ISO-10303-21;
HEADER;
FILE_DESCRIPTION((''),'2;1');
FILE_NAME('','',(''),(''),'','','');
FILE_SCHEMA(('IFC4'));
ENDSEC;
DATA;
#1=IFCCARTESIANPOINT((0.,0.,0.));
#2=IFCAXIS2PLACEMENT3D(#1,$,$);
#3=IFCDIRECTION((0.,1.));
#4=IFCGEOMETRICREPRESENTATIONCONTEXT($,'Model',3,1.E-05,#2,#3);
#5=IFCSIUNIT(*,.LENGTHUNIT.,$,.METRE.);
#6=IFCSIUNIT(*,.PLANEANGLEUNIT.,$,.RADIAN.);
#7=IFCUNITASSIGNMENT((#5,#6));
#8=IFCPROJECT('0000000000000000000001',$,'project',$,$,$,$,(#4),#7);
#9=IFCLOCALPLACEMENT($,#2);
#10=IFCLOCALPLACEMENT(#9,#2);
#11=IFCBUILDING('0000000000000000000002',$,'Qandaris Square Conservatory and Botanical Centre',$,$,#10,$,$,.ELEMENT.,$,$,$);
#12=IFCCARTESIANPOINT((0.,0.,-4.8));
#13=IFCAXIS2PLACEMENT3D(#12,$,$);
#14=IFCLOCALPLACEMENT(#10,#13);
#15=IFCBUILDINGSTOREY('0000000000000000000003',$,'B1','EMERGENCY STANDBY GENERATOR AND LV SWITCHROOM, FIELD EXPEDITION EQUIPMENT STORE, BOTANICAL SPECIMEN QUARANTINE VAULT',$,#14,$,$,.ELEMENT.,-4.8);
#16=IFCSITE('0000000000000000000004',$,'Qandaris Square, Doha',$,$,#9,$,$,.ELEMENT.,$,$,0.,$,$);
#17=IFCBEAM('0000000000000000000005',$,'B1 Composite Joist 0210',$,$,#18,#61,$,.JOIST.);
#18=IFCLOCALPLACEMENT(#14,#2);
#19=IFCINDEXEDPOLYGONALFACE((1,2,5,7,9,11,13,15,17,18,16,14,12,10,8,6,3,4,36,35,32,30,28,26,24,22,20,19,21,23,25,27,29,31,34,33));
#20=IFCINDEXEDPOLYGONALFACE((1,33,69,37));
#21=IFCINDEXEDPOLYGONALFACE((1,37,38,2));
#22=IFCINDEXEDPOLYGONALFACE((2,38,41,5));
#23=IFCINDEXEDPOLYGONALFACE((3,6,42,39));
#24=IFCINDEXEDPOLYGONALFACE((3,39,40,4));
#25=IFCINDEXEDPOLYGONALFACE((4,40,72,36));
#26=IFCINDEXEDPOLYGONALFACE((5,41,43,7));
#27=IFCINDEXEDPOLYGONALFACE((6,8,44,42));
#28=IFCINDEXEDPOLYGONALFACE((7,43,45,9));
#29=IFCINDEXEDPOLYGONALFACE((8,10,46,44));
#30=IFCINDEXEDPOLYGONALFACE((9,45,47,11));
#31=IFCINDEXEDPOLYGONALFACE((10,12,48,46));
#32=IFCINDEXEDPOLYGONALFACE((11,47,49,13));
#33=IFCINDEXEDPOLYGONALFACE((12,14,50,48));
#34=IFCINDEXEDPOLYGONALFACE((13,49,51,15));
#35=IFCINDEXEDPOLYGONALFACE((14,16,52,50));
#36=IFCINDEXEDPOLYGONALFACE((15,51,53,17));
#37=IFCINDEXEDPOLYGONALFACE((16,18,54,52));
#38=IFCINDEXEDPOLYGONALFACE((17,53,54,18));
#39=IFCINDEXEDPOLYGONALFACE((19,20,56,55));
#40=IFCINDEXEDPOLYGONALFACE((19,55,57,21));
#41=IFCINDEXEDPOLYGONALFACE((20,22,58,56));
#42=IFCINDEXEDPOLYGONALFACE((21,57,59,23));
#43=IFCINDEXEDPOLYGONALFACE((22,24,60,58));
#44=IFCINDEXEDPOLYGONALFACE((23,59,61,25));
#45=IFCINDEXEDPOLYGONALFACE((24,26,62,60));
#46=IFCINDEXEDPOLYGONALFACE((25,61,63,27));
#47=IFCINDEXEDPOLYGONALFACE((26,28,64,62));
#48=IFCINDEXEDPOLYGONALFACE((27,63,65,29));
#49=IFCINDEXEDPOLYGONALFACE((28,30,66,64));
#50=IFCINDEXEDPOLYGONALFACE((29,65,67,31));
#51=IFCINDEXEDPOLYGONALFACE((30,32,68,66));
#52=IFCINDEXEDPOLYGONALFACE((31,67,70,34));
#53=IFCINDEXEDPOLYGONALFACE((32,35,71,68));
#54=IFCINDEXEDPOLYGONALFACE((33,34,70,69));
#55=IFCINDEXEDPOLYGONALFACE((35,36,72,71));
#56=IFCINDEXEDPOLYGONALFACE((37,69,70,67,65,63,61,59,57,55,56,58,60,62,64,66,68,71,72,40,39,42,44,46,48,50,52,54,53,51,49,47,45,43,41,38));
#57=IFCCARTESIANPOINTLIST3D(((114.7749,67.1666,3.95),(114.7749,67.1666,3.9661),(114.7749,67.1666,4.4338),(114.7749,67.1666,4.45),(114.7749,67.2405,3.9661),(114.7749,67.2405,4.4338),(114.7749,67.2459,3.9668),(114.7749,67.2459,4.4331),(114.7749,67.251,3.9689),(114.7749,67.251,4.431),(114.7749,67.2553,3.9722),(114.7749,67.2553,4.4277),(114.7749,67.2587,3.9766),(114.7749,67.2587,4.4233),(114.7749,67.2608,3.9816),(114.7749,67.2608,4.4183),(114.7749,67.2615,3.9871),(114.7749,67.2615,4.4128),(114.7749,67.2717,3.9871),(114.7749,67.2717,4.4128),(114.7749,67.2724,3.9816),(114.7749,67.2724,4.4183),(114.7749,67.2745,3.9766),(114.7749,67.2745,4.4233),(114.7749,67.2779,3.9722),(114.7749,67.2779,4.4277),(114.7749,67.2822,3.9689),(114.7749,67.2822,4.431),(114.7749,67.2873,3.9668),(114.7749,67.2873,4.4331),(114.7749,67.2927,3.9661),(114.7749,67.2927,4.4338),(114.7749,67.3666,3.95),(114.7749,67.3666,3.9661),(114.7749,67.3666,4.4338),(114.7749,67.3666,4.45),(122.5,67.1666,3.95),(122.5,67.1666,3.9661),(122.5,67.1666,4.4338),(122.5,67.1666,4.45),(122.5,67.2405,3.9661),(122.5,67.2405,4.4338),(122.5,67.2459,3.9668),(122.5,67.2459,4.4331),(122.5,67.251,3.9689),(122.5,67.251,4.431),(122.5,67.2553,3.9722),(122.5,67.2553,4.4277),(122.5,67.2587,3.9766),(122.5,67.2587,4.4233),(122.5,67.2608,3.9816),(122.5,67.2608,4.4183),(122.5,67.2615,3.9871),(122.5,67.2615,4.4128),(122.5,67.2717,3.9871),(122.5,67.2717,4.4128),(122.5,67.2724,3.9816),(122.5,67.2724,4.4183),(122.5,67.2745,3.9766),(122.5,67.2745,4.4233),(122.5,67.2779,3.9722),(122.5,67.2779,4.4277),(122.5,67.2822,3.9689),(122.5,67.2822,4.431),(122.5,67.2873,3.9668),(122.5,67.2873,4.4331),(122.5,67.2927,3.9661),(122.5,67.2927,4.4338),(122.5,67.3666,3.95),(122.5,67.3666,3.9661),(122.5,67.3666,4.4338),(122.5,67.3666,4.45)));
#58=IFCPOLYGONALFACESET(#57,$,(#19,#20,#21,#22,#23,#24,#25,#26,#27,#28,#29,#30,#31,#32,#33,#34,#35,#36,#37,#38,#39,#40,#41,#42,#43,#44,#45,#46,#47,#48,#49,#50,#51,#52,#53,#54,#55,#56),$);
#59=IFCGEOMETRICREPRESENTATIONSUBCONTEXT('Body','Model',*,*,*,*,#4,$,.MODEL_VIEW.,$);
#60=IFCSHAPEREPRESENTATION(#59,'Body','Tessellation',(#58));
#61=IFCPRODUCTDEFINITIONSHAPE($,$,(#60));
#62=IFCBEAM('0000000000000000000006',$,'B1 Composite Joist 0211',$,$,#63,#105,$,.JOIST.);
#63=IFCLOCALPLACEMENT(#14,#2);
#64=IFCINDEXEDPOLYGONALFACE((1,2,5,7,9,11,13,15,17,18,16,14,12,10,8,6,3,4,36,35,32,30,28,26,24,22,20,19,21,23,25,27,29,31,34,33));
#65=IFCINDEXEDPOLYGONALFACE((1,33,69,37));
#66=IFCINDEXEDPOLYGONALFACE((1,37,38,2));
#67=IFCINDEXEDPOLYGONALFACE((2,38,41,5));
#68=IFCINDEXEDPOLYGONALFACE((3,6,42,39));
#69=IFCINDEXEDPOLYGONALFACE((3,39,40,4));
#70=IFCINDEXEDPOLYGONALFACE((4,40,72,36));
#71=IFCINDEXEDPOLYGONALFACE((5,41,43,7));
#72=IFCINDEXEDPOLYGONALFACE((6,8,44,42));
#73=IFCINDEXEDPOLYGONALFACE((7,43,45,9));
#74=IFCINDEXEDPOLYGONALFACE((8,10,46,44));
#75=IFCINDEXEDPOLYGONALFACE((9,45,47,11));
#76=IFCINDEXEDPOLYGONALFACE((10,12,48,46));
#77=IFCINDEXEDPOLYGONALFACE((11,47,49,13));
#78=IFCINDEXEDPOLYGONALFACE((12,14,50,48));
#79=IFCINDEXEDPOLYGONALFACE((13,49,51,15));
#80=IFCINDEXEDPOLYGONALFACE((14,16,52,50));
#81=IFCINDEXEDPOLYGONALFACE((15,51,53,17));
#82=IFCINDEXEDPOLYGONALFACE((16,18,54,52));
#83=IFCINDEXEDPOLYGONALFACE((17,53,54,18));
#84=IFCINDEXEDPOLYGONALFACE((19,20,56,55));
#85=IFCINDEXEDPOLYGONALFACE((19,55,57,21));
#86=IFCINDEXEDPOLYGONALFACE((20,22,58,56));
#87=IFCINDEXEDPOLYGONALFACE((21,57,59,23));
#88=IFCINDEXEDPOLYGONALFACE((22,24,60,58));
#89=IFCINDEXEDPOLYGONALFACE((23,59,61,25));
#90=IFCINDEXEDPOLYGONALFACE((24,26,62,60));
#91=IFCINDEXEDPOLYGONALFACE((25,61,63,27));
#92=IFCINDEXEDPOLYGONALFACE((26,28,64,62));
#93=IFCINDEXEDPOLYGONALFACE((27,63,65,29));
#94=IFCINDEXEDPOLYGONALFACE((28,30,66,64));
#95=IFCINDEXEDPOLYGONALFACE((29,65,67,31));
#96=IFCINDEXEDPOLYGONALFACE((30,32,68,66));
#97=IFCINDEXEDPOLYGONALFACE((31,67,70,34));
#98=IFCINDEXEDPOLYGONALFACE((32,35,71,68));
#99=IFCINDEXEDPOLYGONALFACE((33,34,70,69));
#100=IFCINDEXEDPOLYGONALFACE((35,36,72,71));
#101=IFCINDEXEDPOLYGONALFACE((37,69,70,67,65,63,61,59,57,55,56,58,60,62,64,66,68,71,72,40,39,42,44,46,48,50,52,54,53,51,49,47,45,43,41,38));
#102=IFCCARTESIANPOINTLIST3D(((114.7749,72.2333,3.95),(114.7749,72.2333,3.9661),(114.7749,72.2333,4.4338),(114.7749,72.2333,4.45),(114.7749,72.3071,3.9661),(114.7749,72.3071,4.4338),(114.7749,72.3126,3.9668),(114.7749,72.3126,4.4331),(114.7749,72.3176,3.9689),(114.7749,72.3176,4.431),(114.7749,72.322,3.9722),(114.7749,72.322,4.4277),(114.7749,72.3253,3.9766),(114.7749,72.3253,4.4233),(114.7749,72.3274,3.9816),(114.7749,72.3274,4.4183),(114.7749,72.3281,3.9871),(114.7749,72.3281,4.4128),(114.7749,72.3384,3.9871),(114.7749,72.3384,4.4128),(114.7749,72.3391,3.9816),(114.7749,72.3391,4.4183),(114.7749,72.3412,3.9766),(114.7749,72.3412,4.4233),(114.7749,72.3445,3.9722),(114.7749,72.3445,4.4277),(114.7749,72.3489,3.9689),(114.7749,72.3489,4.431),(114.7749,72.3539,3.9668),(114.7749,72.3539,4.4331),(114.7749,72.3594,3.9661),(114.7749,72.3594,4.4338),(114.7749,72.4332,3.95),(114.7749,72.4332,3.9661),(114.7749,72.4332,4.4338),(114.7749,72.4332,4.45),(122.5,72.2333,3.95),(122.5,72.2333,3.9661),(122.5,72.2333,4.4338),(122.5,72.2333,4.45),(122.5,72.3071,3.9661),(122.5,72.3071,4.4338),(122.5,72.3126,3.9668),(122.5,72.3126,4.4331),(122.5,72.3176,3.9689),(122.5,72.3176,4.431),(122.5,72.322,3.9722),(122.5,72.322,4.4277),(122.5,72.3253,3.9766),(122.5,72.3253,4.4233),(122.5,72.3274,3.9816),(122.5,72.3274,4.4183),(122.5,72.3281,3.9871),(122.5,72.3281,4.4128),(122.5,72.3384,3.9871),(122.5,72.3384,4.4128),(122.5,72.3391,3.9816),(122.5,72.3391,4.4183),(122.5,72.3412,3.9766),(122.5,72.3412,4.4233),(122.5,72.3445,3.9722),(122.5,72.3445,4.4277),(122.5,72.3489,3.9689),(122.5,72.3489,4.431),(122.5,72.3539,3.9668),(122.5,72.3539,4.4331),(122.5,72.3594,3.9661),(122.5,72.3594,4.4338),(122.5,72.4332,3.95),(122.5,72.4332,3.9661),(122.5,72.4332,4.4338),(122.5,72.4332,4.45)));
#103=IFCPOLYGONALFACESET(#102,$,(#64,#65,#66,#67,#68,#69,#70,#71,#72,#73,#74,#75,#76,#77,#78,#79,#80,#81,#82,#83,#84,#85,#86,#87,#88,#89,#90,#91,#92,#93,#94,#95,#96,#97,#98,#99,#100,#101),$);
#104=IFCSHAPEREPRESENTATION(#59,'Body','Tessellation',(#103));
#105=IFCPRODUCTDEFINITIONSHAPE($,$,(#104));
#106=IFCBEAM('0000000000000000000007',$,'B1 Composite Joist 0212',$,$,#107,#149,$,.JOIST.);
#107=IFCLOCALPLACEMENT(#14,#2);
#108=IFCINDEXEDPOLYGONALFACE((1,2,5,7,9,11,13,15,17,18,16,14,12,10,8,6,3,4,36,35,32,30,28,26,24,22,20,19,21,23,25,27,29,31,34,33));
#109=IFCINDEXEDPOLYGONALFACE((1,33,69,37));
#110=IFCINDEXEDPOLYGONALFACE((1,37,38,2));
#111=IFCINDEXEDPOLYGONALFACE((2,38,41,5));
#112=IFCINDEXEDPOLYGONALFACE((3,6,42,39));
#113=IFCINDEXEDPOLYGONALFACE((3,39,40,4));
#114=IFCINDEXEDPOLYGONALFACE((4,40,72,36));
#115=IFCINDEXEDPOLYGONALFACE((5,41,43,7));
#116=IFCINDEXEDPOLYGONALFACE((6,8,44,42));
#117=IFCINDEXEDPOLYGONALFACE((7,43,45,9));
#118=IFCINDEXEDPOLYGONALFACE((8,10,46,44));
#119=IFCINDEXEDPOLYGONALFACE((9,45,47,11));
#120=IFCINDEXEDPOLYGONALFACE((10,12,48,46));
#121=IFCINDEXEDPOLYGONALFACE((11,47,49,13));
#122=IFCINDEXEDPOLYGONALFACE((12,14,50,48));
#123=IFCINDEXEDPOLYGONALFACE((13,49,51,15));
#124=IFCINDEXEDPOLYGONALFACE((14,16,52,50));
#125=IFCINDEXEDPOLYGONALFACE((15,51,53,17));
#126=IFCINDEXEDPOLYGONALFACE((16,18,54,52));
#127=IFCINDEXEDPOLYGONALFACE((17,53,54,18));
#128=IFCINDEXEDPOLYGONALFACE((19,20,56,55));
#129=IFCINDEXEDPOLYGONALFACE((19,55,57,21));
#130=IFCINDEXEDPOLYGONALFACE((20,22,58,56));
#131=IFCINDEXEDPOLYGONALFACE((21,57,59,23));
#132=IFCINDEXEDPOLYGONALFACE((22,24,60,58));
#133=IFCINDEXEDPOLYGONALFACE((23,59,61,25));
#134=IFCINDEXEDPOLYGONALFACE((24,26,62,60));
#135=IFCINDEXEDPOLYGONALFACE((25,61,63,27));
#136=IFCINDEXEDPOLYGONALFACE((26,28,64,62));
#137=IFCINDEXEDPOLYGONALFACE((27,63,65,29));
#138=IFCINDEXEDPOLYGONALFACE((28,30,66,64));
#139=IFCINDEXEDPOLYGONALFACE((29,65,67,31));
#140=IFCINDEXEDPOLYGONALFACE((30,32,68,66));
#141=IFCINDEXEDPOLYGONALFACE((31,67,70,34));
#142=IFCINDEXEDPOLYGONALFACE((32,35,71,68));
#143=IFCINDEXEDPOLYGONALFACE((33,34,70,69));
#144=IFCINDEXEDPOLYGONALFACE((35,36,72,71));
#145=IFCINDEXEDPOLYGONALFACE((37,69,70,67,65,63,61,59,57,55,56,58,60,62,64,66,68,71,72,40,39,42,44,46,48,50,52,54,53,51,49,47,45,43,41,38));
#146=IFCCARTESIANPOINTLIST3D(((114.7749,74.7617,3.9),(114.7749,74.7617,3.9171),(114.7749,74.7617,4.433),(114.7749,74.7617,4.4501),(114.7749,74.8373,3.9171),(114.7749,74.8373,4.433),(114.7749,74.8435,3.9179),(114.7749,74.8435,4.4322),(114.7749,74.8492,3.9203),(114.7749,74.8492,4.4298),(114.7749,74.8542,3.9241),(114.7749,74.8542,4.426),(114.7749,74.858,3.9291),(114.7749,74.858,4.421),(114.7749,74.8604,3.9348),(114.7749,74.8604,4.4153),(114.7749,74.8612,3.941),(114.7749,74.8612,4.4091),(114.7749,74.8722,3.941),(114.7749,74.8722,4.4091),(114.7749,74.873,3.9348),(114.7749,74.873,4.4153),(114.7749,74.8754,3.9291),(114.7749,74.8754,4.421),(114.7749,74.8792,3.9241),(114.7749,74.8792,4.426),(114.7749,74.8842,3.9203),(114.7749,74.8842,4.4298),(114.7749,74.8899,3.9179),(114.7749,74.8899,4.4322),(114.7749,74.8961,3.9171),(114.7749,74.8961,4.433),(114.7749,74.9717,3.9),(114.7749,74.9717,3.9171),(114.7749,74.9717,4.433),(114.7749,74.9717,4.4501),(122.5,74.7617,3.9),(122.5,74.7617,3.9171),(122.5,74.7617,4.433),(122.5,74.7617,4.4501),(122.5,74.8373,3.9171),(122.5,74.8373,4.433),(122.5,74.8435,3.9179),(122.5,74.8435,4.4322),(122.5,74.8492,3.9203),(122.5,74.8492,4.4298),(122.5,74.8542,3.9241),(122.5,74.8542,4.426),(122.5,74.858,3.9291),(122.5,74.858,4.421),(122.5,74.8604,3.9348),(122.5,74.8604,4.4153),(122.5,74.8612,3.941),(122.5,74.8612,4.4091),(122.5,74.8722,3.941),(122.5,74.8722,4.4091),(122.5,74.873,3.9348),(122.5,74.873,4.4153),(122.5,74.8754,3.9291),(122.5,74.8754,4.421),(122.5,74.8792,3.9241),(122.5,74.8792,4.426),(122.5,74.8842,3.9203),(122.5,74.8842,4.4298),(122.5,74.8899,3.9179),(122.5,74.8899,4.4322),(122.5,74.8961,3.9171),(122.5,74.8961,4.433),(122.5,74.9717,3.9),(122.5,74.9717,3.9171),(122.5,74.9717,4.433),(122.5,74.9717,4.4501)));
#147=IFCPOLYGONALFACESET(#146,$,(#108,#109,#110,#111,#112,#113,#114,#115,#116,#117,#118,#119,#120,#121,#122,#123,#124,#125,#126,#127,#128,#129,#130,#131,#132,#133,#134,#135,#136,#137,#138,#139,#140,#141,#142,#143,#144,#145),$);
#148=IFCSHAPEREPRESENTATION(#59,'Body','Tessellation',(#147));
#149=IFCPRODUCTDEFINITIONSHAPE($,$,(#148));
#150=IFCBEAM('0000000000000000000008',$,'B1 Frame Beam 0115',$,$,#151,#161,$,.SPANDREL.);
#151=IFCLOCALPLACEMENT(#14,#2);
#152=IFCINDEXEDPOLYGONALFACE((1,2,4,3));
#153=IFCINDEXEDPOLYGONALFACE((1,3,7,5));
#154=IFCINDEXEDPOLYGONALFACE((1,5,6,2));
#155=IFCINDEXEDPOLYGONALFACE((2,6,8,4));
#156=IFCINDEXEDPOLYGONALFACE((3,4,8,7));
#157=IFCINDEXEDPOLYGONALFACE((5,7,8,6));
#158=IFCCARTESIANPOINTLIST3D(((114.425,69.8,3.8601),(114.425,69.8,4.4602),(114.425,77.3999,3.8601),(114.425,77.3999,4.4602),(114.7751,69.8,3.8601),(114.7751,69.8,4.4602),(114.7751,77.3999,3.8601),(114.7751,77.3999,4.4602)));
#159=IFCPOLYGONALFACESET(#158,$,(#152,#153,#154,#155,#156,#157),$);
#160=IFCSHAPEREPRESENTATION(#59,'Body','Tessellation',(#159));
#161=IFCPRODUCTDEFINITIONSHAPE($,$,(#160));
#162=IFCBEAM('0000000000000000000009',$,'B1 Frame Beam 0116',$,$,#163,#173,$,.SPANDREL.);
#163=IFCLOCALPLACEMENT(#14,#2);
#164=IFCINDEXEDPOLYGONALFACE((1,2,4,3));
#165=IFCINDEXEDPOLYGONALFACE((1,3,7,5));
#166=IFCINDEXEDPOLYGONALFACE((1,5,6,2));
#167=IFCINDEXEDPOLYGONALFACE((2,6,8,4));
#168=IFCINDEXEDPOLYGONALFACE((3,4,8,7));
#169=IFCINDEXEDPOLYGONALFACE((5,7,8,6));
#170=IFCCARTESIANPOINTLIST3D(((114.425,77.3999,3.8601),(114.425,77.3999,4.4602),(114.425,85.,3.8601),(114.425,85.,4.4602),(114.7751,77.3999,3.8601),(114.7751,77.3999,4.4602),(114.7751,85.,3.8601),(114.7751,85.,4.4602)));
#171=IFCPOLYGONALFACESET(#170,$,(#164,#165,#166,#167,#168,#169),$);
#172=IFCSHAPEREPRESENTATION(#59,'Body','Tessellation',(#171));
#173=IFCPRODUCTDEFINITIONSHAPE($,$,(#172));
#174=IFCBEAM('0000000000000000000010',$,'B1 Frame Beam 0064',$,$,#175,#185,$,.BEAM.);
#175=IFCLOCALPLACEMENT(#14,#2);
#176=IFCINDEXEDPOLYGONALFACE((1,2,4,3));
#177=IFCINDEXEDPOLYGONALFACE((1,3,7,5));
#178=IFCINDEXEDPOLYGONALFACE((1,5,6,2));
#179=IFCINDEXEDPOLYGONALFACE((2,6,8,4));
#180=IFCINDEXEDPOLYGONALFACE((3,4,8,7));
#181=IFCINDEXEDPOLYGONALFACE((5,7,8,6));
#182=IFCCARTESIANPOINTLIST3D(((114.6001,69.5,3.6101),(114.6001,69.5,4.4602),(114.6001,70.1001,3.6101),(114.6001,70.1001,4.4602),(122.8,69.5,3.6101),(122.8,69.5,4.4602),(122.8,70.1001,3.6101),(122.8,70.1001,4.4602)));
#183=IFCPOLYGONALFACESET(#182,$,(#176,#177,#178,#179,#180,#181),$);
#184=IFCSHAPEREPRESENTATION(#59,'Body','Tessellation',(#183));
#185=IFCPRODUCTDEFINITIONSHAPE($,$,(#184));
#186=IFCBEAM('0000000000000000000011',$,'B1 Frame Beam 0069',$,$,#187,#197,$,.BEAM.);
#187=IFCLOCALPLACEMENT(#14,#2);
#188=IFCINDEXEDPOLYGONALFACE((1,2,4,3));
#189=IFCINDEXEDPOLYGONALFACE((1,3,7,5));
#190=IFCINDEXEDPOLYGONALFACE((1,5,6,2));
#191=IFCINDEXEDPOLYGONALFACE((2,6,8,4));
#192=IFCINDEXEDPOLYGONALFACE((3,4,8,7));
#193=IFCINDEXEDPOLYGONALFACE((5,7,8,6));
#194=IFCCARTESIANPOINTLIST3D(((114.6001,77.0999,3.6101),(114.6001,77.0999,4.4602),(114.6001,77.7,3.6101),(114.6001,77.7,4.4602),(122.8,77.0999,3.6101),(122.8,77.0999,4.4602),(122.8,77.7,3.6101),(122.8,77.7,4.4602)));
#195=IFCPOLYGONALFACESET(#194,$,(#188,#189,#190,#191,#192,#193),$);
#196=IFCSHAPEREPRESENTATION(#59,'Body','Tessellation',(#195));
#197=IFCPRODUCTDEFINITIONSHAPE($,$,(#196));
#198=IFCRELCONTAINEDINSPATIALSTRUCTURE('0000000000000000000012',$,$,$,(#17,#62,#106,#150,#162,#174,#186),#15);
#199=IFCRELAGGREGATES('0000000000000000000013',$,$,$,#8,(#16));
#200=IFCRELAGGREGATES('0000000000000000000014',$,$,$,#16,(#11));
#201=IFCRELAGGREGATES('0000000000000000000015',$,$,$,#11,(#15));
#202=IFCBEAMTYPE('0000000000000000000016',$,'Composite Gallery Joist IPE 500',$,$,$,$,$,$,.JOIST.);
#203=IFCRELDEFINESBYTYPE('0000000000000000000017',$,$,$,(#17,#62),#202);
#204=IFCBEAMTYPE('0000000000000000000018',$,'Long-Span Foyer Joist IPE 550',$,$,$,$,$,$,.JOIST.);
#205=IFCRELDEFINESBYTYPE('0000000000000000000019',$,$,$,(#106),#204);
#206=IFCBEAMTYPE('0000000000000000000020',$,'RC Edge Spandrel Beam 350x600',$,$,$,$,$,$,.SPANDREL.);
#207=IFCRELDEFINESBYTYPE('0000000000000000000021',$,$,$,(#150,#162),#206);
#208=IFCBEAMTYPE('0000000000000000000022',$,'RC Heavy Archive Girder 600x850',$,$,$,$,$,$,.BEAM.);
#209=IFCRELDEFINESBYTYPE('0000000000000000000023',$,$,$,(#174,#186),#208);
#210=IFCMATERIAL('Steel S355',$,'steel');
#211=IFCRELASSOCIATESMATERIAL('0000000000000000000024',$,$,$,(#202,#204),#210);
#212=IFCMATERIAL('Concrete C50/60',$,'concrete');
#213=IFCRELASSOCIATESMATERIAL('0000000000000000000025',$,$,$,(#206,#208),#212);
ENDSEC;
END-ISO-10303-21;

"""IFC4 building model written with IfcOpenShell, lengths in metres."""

from ifc_helpers import new_model, si_unit, direction, frame, origin, origin_2d, place, context, subcontext, project, spatial, rectangle, i_section, extrude, material, material_profile, profile_set, type_object, element, save


model = new_model("IFC4")

# Units and contexts
model_context = context("Model", 3, precision=1e-05, world=origin(), true_north=direction((0.0, 1.0)))
body_context = subcontext(model_context, "Body", "Model", "MODEL_VIEW")
ifc_project = project(units=[si_unit("LENGTHUNIT", "METRE"), si_unit("PLANEANGLEUNIT", "RADIAN")], contexts=[model_context])

# Site, building, storey
site_placement = place(None, origin())
site = spatial("IfcSite", under=ifc_project, at=site_placement, Name="Qandaris Square, Doha", CompositionType="ELEMENT", RefElevation=0.0)
building_placement = place(site_placement, origin())
building = spatial("IfcBuilding", under=site, at=building_placement, Name="Qandaris Square Conservatory and Botanical Centre", CompositionType="ELEMENT")
storey_placement = place(building_placement, frame((0.0, 0.0, -4.8)))
storey = spatial("IfcBuildingStorey", under=building, at=storey_placement, Name="B1", Description="EMERGENCY STANDBY GENERATOR AND LV SWITCHROOM, FIELD EXPEDITION EQUIPMENT STORE, BOTANICAL SPECIMEN QUARANTINE VAULT", CompositionType="ELEMENT", Elevation=-4.8)

# Shared definitions
ifc_material_1 = material(Name="Concrete C50/60", Category="concrete")

# Beams
ifc_material_2 = material(Name="Steel S355", Category="steel")
ifc_material_profile_1 = material_profile(ifc_material_2, i_section(OverallWidth=0.2, OverallDepth=0.5, WebThickness=0.0103, FlangeThickness=0.0161, FilletRadius=0.021, at=origin_2d()), Name="IPE 500")
ifc_profile_set_1 = profile_set([ifc_material_profile_1], Name="Steel S355")
beam_type_1 = type_object("IfcBeamType", Name="Composite Gallery Joist IPE 500", PredefinedType="JOIST", material=ifc_profile_set_1)
for number, where, z_axis, x_axis, name in (
    (1, (114.7749, 67.2666, 4.2), (1.0, 0.0, 0.0), (0.0, 1.0, 0.0), "B1 Composite Joist 0210"),
    (2, (114.7749, 72.3333, 4.2), (1.0, 0.0, 0.0), (0.0, 1.0, 0.0), "B1 Composite Joist 0211"),
):
    element("IfcBeam", number, at=place(storey_placement, frame(where, z_axis=z_axis, x_axis=x_axis)), inside=storey, type_object=beam_type_1, Name=name, PredefinedType="JOIST", context=body_context, shape_type="SweptSolid", body=[
        extrude(i_section(OverallWidth=0.2, OverallDepth=0.5, WebThickness=0.0103, FlangeThickness=0.0161, FilletRadius=0.021, at=origin_2d()), origin(), (0.0, 0.0, 1.0), 7.7251),
    ])
ifc_material_profile_2 = material_profile(ifc_material_2, i_section(OverallWidth=0.21, OverallDepth=0.55, WebThickness=0.011, FlangeThickness=0.0171, FilletRadius=0.0239, at=origin_2d()), Name="IPE 550")
ifc_profile_set_2 = profile_set([ifc_material_profile_2], Name="Steel S355")
beam_type_2 = type_object("IfcBeamType", Name="Long-Span Foyer Joist IPE 550", PredefinedType="JOIST", material=ifc_profile_set_2)
beam_1_placement = place(storey_placement, frame((114.7749, 74.8667, 4.175), z_axis=(1.0, 0.0, 0.0), x_axis=(0.0, 1.0, 0.0)))
element("IfcBeam", 3, at=beam_1_placement, inside=storey, type_object=beam_type_2, Name="B1 Composite Joist 0212", PredefinedType="JOIST", context=body_context, shape_type="SweptSolid", body=[
    extrude(i_section(OverallWidth=0.21, OverallDepth=0.55, WebThickness=0.011, FlangeThickness=0.0171, FilletRadius=0.0239, at=origin_2d()), origin(), (0.0, 0.0, 1.0), 7.7251),
])
ifc_material_profile_3 = material_profile(ifc_material_1, rectangle(XDim=0.3501, YDim=0.6001, at=origin_2d()), Name="RC-SP 350x600")
ifc_profile_set_3 = profile_set([ifc_material_profile_3], Name="Concrete C50/60")
beam_type_3 = type_object("IfcBeamType", Name="RC Edge Spandrel Beam 350x600", PredefinedType="SPANDREL", material=ifc_profile_set_3)
beam_2_placement = place(storey_placement, frame((114.6001, 69.8, 4.1602), z_axis=(0.0, 1.0, 0.0), x_axis=(-1.0, 0.0, 0.0)))
element("IfcBeam", 4, at=beam_2_placement, inside=storey, type_object=beam_type_3, Name="B1 Frame Beam 0115", PredefinedType="SPANDREL", context=body_context, shape_type="SweptSolid", body=[
    extrude(rectangle(XDim=0.3501, YDim=0.6001, at=origin_2d()), origin(), (0.0, 0.0, 1.0), 7.5999),
])
beam_3_placement = place(storey_placement, frame((114.6001, 77.3999, 4.1602), z_axis=(0.0, 1.0, 0.0), x_axis=(-1.0, 0.0, 0.0)))
element("IfcBeam", 5, at=beam_3_placement, inside=storey, type_object=beam_type_3, Name="B1 Frame Beam 0116", PredefinedType="SPANDREL", context=body_context, shape_type="SweptSolid", body=[
    extrude(rectangle(XDim=0.3501, YDim=0.6001, at=origin_2d()), origin(), (0.0, 0.0, 1.0), 7.6001),
])
ifc_material_profile_4 = material_profile(ifc_material_1, rectangle(XDim=0.6001, YDim=0.8501, at=origin_2d()), Name="RC-BM 600x850")
ifc_profile_set_4 = profile_set([ifc_material_profile_4], Name="Concrete C50/60")
beam_type_4 = type_object("IfcBeamType", Name="RC Heavy Archive Girder 600x850", PredefinedType="BEAM", material=ifc_profile_set_4)
for number, where, z_axis, x_axis, name in (
    (6, (114.6001, 69.8, 4.0352), (1.0, 0.0, 0.0), (0.0, 1.0, 0.0), "B1 Frame Beam 0064"),
    (7, (114.6001, 77.3999, 4.0352), (1.0, 0.0, 0.0), (0.0, 1.0, 0.0), "B1 Frame Beam 0069"),
):
    element("IfcBeam", number, at=place(storey_placement, frame(where, z_axis=z_axis, x_axis=x_axis)), inside=storey, type_object=beam_type_4, Name=name, PredefinedType="BEAM", context=body_context, shape_type="SweptSolid", body=[
        extrude(rectangle(XDim=0.6001, YDim=0.8501, at=origin_2d()), origin(), (0.0, 0.0, 1.0), 8.2),
    ])

save(model, "model.ifc")
